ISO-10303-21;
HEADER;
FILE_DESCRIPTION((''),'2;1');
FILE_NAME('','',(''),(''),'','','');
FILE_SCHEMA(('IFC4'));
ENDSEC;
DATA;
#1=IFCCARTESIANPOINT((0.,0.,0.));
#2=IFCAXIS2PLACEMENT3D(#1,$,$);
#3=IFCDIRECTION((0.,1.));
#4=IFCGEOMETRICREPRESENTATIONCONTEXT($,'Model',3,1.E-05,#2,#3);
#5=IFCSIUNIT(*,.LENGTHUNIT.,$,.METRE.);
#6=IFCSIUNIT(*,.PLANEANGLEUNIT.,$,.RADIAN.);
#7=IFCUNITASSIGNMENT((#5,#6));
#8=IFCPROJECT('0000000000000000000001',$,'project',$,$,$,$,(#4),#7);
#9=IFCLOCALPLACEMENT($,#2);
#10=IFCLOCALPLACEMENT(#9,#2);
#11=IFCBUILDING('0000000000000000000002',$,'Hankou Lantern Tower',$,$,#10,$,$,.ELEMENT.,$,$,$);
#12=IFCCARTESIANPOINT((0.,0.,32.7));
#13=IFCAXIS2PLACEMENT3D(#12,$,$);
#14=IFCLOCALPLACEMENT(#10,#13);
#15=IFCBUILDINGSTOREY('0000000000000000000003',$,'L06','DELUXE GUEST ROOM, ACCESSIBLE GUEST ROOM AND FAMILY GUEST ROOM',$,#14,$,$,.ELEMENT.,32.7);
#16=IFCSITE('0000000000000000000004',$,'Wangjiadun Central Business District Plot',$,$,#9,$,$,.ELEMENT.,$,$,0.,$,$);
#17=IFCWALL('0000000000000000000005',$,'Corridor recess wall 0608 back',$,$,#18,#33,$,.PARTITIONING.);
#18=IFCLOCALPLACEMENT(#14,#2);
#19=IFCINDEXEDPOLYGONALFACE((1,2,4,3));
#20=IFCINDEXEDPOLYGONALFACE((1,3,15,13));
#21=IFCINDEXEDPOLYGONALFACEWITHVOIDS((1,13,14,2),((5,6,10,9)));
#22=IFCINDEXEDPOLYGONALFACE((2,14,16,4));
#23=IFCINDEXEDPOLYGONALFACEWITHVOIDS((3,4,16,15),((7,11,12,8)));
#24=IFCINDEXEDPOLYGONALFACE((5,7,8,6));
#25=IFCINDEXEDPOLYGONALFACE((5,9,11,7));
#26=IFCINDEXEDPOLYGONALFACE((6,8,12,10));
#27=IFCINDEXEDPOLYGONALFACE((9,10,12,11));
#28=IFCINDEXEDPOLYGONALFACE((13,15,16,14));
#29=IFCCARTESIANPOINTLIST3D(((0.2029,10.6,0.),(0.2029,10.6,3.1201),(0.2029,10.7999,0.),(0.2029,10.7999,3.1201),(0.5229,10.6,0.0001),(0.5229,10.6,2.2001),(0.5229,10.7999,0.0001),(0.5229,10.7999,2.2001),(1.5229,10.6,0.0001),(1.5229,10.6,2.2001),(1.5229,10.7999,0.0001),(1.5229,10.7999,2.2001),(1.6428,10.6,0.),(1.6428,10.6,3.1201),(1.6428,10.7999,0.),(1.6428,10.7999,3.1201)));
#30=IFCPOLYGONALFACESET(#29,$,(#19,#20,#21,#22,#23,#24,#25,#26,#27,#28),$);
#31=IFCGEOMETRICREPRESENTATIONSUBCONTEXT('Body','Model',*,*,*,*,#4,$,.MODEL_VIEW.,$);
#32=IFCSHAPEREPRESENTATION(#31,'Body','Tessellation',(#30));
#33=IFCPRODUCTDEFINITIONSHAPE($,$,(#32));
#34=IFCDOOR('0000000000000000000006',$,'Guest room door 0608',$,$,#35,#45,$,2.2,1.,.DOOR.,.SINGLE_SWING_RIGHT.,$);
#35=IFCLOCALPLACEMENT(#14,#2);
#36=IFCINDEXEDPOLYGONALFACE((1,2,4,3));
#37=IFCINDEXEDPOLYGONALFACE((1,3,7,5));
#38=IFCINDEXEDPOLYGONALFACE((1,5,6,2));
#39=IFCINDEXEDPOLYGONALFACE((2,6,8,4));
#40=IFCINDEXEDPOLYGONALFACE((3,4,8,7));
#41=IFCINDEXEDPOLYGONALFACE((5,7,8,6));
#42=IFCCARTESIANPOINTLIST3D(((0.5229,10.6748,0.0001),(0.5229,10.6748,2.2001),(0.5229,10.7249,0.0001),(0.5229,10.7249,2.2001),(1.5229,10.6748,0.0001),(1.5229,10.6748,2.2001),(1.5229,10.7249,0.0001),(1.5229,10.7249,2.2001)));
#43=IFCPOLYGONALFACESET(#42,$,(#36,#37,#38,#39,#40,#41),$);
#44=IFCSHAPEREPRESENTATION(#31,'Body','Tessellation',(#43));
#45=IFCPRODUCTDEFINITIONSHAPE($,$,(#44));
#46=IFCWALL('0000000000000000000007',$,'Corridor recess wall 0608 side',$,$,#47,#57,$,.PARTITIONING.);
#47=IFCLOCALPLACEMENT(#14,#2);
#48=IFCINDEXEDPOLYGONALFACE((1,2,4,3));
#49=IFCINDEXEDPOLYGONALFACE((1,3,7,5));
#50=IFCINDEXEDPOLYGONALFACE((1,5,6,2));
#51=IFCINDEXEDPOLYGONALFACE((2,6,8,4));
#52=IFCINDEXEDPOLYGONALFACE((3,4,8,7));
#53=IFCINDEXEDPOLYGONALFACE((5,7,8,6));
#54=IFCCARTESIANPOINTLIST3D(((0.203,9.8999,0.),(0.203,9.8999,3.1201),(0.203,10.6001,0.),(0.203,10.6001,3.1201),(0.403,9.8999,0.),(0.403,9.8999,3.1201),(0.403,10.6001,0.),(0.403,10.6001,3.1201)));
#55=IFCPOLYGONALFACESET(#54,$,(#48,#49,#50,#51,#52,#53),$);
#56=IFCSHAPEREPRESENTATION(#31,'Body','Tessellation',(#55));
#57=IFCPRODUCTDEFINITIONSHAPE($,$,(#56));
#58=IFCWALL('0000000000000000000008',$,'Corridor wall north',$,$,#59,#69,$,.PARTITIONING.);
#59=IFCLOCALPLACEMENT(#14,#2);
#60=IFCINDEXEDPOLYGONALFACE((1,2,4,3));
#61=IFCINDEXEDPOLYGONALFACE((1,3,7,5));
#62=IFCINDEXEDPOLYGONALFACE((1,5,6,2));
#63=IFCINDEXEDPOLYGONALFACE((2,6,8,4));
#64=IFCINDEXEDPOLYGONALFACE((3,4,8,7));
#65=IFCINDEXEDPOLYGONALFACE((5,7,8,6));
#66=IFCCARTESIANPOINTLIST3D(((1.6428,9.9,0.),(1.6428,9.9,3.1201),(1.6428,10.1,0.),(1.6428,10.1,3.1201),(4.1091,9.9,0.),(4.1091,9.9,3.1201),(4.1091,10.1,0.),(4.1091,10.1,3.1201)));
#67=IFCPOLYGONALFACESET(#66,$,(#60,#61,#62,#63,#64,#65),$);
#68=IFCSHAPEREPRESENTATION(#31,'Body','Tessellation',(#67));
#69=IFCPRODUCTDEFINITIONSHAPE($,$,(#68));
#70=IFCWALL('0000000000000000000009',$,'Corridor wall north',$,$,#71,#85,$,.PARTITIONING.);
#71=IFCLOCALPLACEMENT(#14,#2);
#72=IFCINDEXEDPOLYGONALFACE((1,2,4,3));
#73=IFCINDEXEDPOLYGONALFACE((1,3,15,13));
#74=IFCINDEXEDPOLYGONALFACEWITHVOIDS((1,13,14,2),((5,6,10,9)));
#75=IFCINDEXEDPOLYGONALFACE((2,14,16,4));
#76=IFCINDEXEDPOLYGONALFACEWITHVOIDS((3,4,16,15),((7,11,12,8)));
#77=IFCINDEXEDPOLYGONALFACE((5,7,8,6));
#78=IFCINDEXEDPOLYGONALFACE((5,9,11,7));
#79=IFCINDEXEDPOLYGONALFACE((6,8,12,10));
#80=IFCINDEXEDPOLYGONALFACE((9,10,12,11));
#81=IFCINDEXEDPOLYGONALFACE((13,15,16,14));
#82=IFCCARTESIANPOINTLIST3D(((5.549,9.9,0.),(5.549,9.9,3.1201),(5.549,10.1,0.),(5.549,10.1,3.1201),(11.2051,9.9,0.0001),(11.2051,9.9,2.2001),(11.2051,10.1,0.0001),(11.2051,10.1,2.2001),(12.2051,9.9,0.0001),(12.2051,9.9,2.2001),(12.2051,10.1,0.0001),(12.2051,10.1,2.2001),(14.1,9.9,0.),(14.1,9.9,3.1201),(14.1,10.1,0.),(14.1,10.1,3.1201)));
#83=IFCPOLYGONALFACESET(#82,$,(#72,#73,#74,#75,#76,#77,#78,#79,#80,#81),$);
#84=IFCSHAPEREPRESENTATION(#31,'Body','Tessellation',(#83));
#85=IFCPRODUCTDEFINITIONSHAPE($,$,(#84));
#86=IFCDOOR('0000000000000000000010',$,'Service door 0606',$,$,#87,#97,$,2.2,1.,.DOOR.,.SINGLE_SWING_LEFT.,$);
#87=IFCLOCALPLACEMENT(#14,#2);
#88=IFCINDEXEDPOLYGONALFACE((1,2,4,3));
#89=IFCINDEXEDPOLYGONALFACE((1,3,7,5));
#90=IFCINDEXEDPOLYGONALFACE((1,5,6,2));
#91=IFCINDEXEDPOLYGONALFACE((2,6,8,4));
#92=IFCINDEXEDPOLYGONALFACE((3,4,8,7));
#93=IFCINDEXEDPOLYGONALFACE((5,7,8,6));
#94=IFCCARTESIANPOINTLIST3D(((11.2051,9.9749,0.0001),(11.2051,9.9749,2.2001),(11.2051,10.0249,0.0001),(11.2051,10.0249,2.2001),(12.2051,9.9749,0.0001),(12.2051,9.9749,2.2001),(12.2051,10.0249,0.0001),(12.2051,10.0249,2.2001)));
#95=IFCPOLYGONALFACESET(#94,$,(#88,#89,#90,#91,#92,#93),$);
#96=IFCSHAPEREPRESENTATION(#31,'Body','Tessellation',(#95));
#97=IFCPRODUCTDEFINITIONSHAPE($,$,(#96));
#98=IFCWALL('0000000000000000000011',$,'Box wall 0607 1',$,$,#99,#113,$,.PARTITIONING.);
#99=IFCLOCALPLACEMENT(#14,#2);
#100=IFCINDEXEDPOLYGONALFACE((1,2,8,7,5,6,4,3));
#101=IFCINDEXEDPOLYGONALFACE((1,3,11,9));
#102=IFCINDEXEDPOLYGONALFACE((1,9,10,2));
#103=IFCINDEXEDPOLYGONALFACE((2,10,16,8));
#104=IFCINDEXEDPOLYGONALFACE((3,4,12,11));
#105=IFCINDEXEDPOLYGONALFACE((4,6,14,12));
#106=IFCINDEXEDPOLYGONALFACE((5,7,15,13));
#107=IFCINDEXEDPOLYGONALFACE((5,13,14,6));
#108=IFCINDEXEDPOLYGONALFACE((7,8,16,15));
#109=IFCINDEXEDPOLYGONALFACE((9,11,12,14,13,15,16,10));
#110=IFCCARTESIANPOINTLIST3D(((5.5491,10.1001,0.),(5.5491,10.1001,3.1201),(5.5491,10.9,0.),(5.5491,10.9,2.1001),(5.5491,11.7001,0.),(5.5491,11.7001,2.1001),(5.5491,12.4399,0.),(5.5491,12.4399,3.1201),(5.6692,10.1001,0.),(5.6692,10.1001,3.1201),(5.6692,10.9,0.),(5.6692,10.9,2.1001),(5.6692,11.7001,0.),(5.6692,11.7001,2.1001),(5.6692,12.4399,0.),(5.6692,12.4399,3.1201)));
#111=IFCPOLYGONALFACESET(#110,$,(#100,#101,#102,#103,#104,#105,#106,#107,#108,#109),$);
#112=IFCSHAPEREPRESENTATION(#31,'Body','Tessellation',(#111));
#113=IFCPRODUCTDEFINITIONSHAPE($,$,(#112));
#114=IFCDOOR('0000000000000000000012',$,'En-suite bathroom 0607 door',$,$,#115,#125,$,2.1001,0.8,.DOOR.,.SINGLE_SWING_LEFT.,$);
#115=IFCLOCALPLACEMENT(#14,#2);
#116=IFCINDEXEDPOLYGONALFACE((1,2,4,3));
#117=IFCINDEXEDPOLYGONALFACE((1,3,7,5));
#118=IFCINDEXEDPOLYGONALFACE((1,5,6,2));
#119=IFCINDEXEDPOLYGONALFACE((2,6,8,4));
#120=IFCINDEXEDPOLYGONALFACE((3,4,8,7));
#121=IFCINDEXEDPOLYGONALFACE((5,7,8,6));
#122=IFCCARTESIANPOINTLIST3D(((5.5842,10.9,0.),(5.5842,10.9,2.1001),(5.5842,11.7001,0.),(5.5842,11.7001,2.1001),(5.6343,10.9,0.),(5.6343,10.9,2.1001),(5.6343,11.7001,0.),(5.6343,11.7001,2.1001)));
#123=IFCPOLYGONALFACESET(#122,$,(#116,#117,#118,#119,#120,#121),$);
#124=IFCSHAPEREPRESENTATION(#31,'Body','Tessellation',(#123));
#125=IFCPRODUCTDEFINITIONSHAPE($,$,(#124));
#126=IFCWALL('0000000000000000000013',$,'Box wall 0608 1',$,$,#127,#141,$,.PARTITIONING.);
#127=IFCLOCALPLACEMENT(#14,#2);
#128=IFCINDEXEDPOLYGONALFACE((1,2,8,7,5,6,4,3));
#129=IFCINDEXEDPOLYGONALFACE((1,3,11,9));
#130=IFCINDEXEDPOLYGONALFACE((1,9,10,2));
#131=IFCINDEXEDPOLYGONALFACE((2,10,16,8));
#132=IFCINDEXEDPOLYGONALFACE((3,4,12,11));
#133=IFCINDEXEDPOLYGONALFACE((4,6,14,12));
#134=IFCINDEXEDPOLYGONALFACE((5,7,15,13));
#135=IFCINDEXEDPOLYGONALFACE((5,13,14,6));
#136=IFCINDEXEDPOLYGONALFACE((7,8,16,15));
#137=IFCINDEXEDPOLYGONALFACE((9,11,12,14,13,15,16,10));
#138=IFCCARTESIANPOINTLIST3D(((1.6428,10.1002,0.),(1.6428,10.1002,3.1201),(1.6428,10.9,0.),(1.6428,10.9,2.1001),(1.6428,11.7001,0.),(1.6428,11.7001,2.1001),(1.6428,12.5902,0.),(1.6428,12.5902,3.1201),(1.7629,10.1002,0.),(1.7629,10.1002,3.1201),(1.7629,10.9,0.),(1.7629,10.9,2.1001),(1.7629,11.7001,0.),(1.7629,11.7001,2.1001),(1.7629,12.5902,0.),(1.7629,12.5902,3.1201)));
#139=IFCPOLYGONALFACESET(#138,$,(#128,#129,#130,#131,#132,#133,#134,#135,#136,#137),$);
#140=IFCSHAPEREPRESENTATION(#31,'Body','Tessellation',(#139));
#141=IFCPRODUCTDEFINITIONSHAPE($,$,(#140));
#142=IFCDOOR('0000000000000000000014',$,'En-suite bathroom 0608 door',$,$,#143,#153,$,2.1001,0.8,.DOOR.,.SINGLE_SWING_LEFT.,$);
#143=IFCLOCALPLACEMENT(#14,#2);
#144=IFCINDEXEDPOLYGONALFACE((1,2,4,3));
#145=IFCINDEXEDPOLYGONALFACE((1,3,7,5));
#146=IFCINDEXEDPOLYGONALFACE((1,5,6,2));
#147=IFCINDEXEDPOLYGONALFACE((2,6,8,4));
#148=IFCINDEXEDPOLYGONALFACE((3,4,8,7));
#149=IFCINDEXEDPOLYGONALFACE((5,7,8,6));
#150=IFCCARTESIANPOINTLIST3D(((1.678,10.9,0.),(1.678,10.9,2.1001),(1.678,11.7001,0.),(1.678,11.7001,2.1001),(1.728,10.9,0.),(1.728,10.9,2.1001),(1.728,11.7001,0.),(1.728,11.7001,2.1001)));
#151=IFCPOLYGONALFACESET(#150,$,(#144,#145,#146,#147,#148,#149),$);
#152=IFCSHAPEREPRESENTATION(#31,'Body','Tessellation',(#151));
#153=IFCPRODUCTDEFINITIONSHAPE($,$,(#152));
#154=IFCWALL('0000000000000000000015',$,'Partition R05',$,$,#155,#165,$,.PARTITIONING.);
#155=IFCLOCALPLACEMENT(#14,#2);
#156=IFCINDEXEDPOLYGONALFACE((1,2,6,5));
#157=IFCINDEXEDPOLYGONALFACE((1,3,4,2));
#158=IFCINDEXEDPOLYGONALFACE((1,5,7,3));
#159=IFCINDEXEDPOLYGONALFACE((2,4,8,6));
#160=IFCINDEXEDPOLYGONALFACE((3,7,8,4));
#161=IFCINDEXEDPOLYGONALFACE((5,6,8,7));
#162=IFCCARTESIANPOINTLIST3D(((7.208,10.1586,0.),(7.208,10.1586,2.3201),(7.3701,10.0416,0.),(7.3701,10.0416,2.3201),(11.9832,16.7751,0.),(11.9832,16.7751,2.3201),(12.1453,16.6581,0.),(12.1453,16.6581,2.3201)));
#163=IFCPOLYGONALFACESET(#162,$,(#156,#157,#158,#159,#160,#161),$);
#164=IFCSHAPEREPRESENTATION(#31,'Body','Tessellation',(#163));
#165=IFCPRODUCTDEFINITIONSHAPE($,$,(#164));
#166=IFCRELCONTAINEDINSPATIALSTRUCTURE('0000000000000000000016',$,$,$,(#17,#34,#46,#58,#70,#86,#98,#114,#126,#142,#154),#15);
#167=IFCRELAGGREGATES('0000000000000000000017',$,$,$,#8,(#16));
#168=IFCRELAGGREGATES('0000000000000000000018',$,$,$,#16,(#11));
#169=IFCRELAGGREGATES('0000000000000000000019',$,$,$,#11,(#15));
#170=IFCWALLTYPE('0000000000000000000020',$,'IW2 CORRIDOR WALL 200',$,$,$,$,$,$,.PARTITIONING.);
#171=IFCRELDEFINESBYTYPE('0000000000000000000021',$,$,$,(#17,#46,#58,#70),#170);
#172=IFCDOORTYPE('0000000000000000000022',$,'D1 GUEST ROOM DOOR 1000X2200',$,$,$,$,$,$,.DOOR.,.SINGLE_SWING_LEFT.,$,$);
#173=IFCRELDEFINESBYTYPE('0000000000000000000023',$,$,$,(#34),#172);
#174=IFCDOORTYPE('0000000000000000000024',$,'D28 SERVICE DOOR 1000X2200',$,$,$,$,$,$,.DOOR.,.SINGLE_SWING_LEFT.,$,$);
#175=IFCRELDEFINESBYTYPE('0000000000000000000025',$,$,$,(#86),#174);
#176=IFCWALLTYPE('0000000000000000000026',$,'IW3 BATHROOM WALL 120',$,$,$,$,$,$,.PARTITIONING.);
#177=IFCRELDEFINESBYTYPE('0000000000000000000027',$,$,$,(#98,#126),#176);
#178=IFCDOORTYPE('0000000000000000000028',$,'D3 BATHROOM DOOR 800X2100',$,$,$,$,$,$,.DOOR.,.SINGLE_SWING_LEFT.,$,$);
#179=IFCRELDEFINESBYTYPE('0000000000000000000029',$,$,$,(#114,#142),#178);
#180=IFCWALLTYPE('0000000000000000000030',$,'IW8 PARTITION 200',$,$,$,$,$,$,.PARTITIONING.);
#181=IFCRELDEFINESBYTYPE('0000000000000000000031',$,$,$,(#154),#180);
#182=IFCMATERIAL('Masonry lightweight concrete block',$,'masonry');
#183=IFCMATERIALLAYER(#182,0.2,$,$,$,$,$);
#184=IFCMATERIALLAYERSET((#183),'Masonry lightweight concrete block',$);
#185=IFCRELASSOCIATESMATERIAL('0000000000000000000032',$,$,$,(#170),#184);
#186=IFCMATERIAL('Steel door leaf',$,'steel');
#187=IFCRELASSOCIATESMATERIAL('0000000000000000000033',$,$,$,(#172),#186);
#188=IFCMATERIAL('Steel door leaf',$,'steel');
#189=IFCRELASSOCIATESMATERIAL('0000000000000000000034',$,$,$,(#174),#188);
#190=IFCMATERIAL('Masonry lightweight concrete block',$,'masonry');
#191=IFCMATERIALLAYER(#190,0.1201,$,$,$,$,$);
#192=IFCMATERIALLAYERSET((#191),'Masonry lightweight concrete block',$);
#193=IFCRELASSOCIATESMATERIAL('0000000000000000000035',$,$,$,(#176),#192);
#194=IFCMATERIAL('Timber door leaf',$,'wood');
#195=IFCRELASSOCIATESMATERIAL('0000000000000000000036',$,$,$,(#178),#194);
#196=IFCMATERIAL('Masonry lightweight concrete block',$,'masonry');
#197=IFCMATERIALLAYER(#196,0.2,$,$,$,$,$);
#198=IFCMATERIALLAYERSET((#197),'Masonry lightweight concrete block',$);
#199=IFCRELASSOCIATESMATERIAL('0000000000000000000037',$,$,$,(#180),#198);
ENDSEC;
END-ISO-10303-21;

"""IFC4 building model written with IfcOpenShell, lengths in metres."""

from ifc_helpers import new_model, si_unit, direction, frame, frame_2d, origin, place, context, subcontext, project, spatial, rectangle, extrude, material, layer, layer_set, type_object, element, fill, save


model = new_model("IFC4")

# Units and contexts
model_context = context("Model", 3, precision=1e-05, world=origin(), true_north=direction((0.0, 1.0)))
body_context = subcontext(model_context, "Body", "Model", "MODEL_VIEW")
ifc_project = project(units=[si_unit("LENGTHUNIT", "METRE"), si_unit("PLANEANGLEUNIT", "RADIAN")], contexts=[model_context])

# Site, building, storey
site_placement = place(None, origin())
site = spatial("IfcSite", under=ifc_project, at=site_placement, Name="Wangjiadun Central Business District Plot", CompositionType="ELEMENT", RefElevation=0.0)
building_placement = place(site_placement, origin())
building = spatial("IfcBuilding", under=site, at=building_placement, Name="Hankou Lantern Tower", CompositionType="ELEMENT")
storey_placement = place(building_placement, frame((0.0, 0.0, 32.7)))
storey = spatial("IfcBuildingStorey", under=building, at=storey_placement, Name="L06", Description="DELUXE GUEST ROOM, ACCESSIBLE GUEST ROOM AND FAMILY GUEST ROOM", CompositionType="ELEMENT", Elevation=32.7)

# Shared definitions
ifc_material_1 = material(Name="Masonry lightweight concrete block", Category="masonry")
ifc_layer_1 = layer(ifc_material_1, 0.2)
ifc_layer_set_1 = layer_set([ifc_layer_1], Name="Masonry lightweight concrete block")
wall_type_1 = type_object("IfcWallType", Name="IW2 CORRIDOR WALL 200", PredefinedType="PARTITIONING", material=ifc_layer_set_1)

# Wall, opening, door
wall_1_placement = place(storey_placement, frame((0.2029, 10.7, 0.0), z_axis=(0.0, 0.0, 1.0), x_axis=(1.0, 0.0, 0.0)))
wall_1 = element("IfcWall", 1, at=wall_1_placement, inside=storey, type_object=wall_type_1, Name="Corridor recess wall 0608 back", PredefinedType="PARTITIONING", context=body_context, shape_type="SweptSolid", body=[
    extrude(rectangle(XDim=1.4399, YDim=0.2, at=frame_2d((0.72, 0.0))), origin(), (0.0, 0.0, 1.0), 3.1201),
])
opening_1_placement = place(wall_1_placement, frame((0.3201, 0.0, 0.0)))
opening_1 = element("IfcOpeningElement", 2, at=opening_1_placement, cuts=wall_1, PredefinedType="OPENING", context=body_context, shape_type="SweptSolid", body=[
    extrude(rectangle(XDim=1.0, YDim=2.2, at=frame_2d((0.5, 1.1001))), frame((0.0, 0.1099, 0.0), z_axis=(0.0, -1.0, 0.0), x_axis=(1.0, 0.0, 0.0)), (0.0, 0.0, 1.0), 0.22),
])
ifc_material_2 = material(Name="Steel door leaf", Category="steel")
door_type_1 = type_object("IfcDoorType", Name="D1 GUEST ROOM DOOR 1000X2200", OperationType="SINGLE_SWING_LEFT", PredefinedType="DOOR", material=ifc_material_2)
door_1_placement = place(opening_1_placement, origin())
door_1 = element("IfcDoor", 3, at=door_1_placement, inside=storey, type_object=door_type_1, Name="Guest room door 0608", OperationType="SINGLE_SWING_RIGHT", OverallHeight=2.2, OverallWidth=1.0, PredefinedType="DOOR", context=body_context, shape_type="SweptSolid", body=[
    extrude(rectangle(XDim=1.0, YDim=2.2, at=frame_2d((0.5, 1.1001))), frame((0.0, 0.0249, 0.0), z_axis=(0.0, -1.0, 0.0), x_axis=(1.0, 0.0, 0.0)), (0.0, 0.0, 1.0), 0.05),
])
fill(opening_1, door_1)

# Walls
wall_2_placement = place(storey_placement, frame((0.303, 9.8999, 0.0), z_axis=(0.0, 0.0, 1.0), x_axis=(0.0, 1.0, 0.0)))
element("IfcWall", 4, at=wall_2_placement, inside=storey, type_object=wall_type_1, Name="Corridor recess wall 0608 side", PredefinedType="PARTITIONING", context=body_context, shape_type="SweptSolid", body=[
    extrude(rectangle(XDim=0.7002, YDim=0.2, at=frame_2d((0.3501, 0.0))), origin(), (0.0, 0.0, 1.0), 3.1201),
])
wall_3_placement = place(storey_placement, frame((1.6428, 10.0, 0.0), z_axis=(0.0, 0.0, 1.0), x_axis=(1.0, 0.0, 0.0)))
element("IfcWall", 5, at=wall_3_placement, inside=storey, type_object=wall_type_1, Name="Corridor wall north", PredefinedType="PARTITIONING", context=body_context, shape_type="SweptSolid", body=[
    extrude(rectangle(XDim=2.4663, YDim=0.2, at=frame_2d((1.2332, 0.0))), origin(), (0.0, 0.0, 1.0), 3.1201),
])

# Walls, openings, doors
wall_4_placement = place(storey_placement, frame((5.5491, 10.0, 0.0), z_axis=(0.0, 0.0, 1.0), x_axis=(1.0, 0.0, 0.0)))
wall_4 = element("IfcWall", 6, at=wall_4_placement, inside=storey, type_object=wall_type_1, Name="Corridor wall north", PredefinedType="PARTITIONING", context=body_context, shape_type="SweptSolid", body=[
    extrude(rectangle(XDim=8.551, YDim=0.2, at=frame_2d((4.2754, 0.0))), origin(), (0.0, 0.0, 1.0), 3.1201),
])
opening_2_placement = place(wall_4_placement, frame((5.656, 0.0, 0.0)))
opening_2 = element("IfcOpeningElement", 7, at=opening_2_placement, cuts=wall_4, PredefinedType="OPENING", context=body_context, shape_type="SweptSolid", body=[
    extrude(rectangle(XDim=1.0, YDim=2.2, at=frame_2d((0.5, 1.1001))), frame((0.0, 0.1099, 0.0), z_axis=(0.0, -1.0, 0.0), x_axis=(1.0, 0.0, 0.0)), (0.0, 0.0, 1.0), 0.22),
])
ifc_material_3 = material(Name="Steel door leaf", Category="steel")
door_type_2 = type_object("IfcDoorType", Name="D28 SERVICE DOOR 1000X2200", OperationType="SINGLE_SWING_LEFT", PredefinedType="DOOR", material=ifc_material_3)
door_2_placement = place(opening_2_placement, origin())
door_2 = element("IfcDoor", 8, at=door_2_placement, inside=storey, type_object=door_type_2, Name="Service door 0606", OperationType="SINGLE_SWING_LEFT", OverallHeight=2.2, OverallWidth=1.0, PredefinedType="DOOR", context=body_context, shape_type="SweptSolid", body=[
    extrude(rectangle(XDim=1.0, YDim=2.2, at=frame_2d((0.5, 1.1001))), frame((0.0, 0.0249, 0.0), z_axis=(0.0, -1.0, 0.0), x_axis=(1.0, 0.0, 0.0)), (0.0, 0.0, 1.0), 0.05),
])
fill(opening_2, door_2)
ifc_material_4 = material(Name="Masonry lightweight concrete block", Category="masonry")
ifc_layer_2 = layer(ifc_material_4, 0.1201)
ifc_layer_set_2 = layer_set([ifc_layer_2], Name="Masonry lightweight concrete block")
wall_type_2 = type_object("IfcWallType", Name="IW3 BATHROOM WALL 120", PredefinedType="PARTITIONING", material=ifc_layer_set_2)
wall_5_placement = place(storey_placement, frame((5.6091, 10.1001, 0.0), z_axis=(0.0, 0.0, 1.0), x_axis=(0.0, 1.0, 0.0)))
wall_5 = element("IfcWall", 9, at=wall_5_placement, inside=storey, type_object=wall_type_2, Name="Box wall 0607 1", PredefinedType="PARTITIONING", context=body_context, shape_type="SweptSolid", body=[
    extrude(rectangle(XDim=2.3398, YDim=0.1201, at=frame_2d((1.1699, 0.0))), origin(), (0.0, 0.0, 1.0), 3.1201),
])
opening_3_placement = place(wall_5_placement, frame((0.8, 0.0, 0.0)))
opening_3 = element("IfcOpeningElement", 10, at=opening_3_placement, cuts=wall_5, PredefinedType="OPENING", context=body_context, shape_type="SweptSolid", body=[
    extrude(rectangle(XDim=0.8, YDim=2.1001, at=frame_2d((0.3999, 1.05))), frame((0.0, 0.0701, 0.0), z_axis=(0.0, -1.0, 0.0), x_axis=(1.0, 0.0, 0.0)), (0.0, 0.0, 1.0), 0.1401),
])
ifc_material_5 = material(Name="Timber door leaf", Category="wood")
door_type_3 = type_object("IfcDoorType", Name="D3 BATHROOM DOOR 800X2100", OperationType="SINGLE_SWING_LEFT", PredefinedType="DOOR", material=ifc_material_5)
door_3_placement = place(opening_3_placement, origin())
door_3 = element("IfcDoor", 11, at=door_3_placement, inside=storey, type_object=door_type_3, Name="En-suite bathroom 0607 door", OperationType="SINGLE_SWING_LEFT", OverallHeight=2.1001, OverallWidth=0.8, PredefinedType="DOOR", context=body_context, shape_type="SweptSolid", body=[
    extrude(rectangle(XDim=0.8, YDim=2.1001, at=frame_2d((0.3999, 1.05))), frame((0.0, 0.0249, 0.0), z_axis=(0.0, -1.0, 0.0), x_axis=(1.0, 0.0, 0.0)), (0.0, 0.0, 1.0), 0.05),
])
fill(opening_3, door_3)
wall_6_placement = place(storey_placement, frame((1.7029, 10.1001, 0.0), z_axis=(0.0, 0.0, 1.0), x_axis=(0.0, 1.0, 0.0)))
wall_6 = element("IfcWall", 12, at=wall_6_placement, inside=storey, type_object=wall_type_2, Name="Box wall 0608 1", PredefinedType="PARTITIONING", context=body_context, shape_type="SweptSolid", body=[
    extrude(rectangle(XDim=2.49, YDim=0.1201, at=frame_2d((1.2451, 0.0))), origin(), (0.0, 0.0, 1.0), 3.1201),
])
opening_4_placement = place(wall_6_placement, frame((0.8, 0.0, 0.0)))
opening_4 = element("IfcOpeningElement", 13, at=opening_4_placement, cuts=wall_6, PredefinedType="OPENING", context=body_context, shape_type="SweptSolid", body=[
    extrude(rectangle(XDim=0.8, YDim=2.1001, at=frame_2d((0.3999, 1.05))), frame((0.0, 0.0701, 0.0), z_axis=(0.0, -1.0, 0.0), x_axis=(1.0, 0.0, 0.0)), (0.0, 0.0, 1.0), 0.1401),
])
door_4_placement = place(opening_4_placement, origin())
door_4 = element("IfcDoor", 14, at=door_4_placement, inside=storey, type_object=door_type_3, Name="En-suite bathroom 0608 door", OperationType="SINGLE_SWING_LEFT", OverallHeight=2.1001, OverallWidth=0.8, PredefinedType="DOOR", context=body_context, shape_type="SweptSolid", body=[
    extrude(rectangle(XDim=0.8, YDim=2.1001, at=frame_2d((0.3999, 1.05))), frame((0.0, 0.0249, 0.0), z_axis=(0.0, -1.0, 0.0), x_axis=(1.0, 0.0, 0.0)), (0.0, 0.0, 1.0), 0.05),
])
fill(opening_4, door_4)

# Wall
ifc_material_6 = material(Name="Masonry lightweight concrete block", Category="masonry")
ifc_layer_3 = layer(ifc_material_6, 0.2)
ifc_layer_set_3 = layer_set([ifc_layer_3], Name="Masonry lightweight concrete block")
wall_type_3 = type_object("IfcWallType", Name="IW8 PARTITION 200", PredefinedType="PARTITIONING", material=ifc_layer_set_3)
wall_7_placement = place(storey_placement, frame((7.2891, 10.1001, 0.0), z_axis=(0.0, 0.0, 1.0), x_axis=(0.585216, 0.810877, 0.0)))
element("IfcWall", 15, at=wall_7_placement, inside=storey, type_object=wall_type_3, Name="Partition R05", PredefinedType="PARTITIONING", context=body_context, shape_type="SweptSolid", body=[
    extrude(rectangle(XDim=8.1597, YDim=0.2, at=frame_2d((4.0798, 0.0))), origin(), (0.0, 0.0, 1.0), 2.3201),
])

save(model, "model.ifc")
